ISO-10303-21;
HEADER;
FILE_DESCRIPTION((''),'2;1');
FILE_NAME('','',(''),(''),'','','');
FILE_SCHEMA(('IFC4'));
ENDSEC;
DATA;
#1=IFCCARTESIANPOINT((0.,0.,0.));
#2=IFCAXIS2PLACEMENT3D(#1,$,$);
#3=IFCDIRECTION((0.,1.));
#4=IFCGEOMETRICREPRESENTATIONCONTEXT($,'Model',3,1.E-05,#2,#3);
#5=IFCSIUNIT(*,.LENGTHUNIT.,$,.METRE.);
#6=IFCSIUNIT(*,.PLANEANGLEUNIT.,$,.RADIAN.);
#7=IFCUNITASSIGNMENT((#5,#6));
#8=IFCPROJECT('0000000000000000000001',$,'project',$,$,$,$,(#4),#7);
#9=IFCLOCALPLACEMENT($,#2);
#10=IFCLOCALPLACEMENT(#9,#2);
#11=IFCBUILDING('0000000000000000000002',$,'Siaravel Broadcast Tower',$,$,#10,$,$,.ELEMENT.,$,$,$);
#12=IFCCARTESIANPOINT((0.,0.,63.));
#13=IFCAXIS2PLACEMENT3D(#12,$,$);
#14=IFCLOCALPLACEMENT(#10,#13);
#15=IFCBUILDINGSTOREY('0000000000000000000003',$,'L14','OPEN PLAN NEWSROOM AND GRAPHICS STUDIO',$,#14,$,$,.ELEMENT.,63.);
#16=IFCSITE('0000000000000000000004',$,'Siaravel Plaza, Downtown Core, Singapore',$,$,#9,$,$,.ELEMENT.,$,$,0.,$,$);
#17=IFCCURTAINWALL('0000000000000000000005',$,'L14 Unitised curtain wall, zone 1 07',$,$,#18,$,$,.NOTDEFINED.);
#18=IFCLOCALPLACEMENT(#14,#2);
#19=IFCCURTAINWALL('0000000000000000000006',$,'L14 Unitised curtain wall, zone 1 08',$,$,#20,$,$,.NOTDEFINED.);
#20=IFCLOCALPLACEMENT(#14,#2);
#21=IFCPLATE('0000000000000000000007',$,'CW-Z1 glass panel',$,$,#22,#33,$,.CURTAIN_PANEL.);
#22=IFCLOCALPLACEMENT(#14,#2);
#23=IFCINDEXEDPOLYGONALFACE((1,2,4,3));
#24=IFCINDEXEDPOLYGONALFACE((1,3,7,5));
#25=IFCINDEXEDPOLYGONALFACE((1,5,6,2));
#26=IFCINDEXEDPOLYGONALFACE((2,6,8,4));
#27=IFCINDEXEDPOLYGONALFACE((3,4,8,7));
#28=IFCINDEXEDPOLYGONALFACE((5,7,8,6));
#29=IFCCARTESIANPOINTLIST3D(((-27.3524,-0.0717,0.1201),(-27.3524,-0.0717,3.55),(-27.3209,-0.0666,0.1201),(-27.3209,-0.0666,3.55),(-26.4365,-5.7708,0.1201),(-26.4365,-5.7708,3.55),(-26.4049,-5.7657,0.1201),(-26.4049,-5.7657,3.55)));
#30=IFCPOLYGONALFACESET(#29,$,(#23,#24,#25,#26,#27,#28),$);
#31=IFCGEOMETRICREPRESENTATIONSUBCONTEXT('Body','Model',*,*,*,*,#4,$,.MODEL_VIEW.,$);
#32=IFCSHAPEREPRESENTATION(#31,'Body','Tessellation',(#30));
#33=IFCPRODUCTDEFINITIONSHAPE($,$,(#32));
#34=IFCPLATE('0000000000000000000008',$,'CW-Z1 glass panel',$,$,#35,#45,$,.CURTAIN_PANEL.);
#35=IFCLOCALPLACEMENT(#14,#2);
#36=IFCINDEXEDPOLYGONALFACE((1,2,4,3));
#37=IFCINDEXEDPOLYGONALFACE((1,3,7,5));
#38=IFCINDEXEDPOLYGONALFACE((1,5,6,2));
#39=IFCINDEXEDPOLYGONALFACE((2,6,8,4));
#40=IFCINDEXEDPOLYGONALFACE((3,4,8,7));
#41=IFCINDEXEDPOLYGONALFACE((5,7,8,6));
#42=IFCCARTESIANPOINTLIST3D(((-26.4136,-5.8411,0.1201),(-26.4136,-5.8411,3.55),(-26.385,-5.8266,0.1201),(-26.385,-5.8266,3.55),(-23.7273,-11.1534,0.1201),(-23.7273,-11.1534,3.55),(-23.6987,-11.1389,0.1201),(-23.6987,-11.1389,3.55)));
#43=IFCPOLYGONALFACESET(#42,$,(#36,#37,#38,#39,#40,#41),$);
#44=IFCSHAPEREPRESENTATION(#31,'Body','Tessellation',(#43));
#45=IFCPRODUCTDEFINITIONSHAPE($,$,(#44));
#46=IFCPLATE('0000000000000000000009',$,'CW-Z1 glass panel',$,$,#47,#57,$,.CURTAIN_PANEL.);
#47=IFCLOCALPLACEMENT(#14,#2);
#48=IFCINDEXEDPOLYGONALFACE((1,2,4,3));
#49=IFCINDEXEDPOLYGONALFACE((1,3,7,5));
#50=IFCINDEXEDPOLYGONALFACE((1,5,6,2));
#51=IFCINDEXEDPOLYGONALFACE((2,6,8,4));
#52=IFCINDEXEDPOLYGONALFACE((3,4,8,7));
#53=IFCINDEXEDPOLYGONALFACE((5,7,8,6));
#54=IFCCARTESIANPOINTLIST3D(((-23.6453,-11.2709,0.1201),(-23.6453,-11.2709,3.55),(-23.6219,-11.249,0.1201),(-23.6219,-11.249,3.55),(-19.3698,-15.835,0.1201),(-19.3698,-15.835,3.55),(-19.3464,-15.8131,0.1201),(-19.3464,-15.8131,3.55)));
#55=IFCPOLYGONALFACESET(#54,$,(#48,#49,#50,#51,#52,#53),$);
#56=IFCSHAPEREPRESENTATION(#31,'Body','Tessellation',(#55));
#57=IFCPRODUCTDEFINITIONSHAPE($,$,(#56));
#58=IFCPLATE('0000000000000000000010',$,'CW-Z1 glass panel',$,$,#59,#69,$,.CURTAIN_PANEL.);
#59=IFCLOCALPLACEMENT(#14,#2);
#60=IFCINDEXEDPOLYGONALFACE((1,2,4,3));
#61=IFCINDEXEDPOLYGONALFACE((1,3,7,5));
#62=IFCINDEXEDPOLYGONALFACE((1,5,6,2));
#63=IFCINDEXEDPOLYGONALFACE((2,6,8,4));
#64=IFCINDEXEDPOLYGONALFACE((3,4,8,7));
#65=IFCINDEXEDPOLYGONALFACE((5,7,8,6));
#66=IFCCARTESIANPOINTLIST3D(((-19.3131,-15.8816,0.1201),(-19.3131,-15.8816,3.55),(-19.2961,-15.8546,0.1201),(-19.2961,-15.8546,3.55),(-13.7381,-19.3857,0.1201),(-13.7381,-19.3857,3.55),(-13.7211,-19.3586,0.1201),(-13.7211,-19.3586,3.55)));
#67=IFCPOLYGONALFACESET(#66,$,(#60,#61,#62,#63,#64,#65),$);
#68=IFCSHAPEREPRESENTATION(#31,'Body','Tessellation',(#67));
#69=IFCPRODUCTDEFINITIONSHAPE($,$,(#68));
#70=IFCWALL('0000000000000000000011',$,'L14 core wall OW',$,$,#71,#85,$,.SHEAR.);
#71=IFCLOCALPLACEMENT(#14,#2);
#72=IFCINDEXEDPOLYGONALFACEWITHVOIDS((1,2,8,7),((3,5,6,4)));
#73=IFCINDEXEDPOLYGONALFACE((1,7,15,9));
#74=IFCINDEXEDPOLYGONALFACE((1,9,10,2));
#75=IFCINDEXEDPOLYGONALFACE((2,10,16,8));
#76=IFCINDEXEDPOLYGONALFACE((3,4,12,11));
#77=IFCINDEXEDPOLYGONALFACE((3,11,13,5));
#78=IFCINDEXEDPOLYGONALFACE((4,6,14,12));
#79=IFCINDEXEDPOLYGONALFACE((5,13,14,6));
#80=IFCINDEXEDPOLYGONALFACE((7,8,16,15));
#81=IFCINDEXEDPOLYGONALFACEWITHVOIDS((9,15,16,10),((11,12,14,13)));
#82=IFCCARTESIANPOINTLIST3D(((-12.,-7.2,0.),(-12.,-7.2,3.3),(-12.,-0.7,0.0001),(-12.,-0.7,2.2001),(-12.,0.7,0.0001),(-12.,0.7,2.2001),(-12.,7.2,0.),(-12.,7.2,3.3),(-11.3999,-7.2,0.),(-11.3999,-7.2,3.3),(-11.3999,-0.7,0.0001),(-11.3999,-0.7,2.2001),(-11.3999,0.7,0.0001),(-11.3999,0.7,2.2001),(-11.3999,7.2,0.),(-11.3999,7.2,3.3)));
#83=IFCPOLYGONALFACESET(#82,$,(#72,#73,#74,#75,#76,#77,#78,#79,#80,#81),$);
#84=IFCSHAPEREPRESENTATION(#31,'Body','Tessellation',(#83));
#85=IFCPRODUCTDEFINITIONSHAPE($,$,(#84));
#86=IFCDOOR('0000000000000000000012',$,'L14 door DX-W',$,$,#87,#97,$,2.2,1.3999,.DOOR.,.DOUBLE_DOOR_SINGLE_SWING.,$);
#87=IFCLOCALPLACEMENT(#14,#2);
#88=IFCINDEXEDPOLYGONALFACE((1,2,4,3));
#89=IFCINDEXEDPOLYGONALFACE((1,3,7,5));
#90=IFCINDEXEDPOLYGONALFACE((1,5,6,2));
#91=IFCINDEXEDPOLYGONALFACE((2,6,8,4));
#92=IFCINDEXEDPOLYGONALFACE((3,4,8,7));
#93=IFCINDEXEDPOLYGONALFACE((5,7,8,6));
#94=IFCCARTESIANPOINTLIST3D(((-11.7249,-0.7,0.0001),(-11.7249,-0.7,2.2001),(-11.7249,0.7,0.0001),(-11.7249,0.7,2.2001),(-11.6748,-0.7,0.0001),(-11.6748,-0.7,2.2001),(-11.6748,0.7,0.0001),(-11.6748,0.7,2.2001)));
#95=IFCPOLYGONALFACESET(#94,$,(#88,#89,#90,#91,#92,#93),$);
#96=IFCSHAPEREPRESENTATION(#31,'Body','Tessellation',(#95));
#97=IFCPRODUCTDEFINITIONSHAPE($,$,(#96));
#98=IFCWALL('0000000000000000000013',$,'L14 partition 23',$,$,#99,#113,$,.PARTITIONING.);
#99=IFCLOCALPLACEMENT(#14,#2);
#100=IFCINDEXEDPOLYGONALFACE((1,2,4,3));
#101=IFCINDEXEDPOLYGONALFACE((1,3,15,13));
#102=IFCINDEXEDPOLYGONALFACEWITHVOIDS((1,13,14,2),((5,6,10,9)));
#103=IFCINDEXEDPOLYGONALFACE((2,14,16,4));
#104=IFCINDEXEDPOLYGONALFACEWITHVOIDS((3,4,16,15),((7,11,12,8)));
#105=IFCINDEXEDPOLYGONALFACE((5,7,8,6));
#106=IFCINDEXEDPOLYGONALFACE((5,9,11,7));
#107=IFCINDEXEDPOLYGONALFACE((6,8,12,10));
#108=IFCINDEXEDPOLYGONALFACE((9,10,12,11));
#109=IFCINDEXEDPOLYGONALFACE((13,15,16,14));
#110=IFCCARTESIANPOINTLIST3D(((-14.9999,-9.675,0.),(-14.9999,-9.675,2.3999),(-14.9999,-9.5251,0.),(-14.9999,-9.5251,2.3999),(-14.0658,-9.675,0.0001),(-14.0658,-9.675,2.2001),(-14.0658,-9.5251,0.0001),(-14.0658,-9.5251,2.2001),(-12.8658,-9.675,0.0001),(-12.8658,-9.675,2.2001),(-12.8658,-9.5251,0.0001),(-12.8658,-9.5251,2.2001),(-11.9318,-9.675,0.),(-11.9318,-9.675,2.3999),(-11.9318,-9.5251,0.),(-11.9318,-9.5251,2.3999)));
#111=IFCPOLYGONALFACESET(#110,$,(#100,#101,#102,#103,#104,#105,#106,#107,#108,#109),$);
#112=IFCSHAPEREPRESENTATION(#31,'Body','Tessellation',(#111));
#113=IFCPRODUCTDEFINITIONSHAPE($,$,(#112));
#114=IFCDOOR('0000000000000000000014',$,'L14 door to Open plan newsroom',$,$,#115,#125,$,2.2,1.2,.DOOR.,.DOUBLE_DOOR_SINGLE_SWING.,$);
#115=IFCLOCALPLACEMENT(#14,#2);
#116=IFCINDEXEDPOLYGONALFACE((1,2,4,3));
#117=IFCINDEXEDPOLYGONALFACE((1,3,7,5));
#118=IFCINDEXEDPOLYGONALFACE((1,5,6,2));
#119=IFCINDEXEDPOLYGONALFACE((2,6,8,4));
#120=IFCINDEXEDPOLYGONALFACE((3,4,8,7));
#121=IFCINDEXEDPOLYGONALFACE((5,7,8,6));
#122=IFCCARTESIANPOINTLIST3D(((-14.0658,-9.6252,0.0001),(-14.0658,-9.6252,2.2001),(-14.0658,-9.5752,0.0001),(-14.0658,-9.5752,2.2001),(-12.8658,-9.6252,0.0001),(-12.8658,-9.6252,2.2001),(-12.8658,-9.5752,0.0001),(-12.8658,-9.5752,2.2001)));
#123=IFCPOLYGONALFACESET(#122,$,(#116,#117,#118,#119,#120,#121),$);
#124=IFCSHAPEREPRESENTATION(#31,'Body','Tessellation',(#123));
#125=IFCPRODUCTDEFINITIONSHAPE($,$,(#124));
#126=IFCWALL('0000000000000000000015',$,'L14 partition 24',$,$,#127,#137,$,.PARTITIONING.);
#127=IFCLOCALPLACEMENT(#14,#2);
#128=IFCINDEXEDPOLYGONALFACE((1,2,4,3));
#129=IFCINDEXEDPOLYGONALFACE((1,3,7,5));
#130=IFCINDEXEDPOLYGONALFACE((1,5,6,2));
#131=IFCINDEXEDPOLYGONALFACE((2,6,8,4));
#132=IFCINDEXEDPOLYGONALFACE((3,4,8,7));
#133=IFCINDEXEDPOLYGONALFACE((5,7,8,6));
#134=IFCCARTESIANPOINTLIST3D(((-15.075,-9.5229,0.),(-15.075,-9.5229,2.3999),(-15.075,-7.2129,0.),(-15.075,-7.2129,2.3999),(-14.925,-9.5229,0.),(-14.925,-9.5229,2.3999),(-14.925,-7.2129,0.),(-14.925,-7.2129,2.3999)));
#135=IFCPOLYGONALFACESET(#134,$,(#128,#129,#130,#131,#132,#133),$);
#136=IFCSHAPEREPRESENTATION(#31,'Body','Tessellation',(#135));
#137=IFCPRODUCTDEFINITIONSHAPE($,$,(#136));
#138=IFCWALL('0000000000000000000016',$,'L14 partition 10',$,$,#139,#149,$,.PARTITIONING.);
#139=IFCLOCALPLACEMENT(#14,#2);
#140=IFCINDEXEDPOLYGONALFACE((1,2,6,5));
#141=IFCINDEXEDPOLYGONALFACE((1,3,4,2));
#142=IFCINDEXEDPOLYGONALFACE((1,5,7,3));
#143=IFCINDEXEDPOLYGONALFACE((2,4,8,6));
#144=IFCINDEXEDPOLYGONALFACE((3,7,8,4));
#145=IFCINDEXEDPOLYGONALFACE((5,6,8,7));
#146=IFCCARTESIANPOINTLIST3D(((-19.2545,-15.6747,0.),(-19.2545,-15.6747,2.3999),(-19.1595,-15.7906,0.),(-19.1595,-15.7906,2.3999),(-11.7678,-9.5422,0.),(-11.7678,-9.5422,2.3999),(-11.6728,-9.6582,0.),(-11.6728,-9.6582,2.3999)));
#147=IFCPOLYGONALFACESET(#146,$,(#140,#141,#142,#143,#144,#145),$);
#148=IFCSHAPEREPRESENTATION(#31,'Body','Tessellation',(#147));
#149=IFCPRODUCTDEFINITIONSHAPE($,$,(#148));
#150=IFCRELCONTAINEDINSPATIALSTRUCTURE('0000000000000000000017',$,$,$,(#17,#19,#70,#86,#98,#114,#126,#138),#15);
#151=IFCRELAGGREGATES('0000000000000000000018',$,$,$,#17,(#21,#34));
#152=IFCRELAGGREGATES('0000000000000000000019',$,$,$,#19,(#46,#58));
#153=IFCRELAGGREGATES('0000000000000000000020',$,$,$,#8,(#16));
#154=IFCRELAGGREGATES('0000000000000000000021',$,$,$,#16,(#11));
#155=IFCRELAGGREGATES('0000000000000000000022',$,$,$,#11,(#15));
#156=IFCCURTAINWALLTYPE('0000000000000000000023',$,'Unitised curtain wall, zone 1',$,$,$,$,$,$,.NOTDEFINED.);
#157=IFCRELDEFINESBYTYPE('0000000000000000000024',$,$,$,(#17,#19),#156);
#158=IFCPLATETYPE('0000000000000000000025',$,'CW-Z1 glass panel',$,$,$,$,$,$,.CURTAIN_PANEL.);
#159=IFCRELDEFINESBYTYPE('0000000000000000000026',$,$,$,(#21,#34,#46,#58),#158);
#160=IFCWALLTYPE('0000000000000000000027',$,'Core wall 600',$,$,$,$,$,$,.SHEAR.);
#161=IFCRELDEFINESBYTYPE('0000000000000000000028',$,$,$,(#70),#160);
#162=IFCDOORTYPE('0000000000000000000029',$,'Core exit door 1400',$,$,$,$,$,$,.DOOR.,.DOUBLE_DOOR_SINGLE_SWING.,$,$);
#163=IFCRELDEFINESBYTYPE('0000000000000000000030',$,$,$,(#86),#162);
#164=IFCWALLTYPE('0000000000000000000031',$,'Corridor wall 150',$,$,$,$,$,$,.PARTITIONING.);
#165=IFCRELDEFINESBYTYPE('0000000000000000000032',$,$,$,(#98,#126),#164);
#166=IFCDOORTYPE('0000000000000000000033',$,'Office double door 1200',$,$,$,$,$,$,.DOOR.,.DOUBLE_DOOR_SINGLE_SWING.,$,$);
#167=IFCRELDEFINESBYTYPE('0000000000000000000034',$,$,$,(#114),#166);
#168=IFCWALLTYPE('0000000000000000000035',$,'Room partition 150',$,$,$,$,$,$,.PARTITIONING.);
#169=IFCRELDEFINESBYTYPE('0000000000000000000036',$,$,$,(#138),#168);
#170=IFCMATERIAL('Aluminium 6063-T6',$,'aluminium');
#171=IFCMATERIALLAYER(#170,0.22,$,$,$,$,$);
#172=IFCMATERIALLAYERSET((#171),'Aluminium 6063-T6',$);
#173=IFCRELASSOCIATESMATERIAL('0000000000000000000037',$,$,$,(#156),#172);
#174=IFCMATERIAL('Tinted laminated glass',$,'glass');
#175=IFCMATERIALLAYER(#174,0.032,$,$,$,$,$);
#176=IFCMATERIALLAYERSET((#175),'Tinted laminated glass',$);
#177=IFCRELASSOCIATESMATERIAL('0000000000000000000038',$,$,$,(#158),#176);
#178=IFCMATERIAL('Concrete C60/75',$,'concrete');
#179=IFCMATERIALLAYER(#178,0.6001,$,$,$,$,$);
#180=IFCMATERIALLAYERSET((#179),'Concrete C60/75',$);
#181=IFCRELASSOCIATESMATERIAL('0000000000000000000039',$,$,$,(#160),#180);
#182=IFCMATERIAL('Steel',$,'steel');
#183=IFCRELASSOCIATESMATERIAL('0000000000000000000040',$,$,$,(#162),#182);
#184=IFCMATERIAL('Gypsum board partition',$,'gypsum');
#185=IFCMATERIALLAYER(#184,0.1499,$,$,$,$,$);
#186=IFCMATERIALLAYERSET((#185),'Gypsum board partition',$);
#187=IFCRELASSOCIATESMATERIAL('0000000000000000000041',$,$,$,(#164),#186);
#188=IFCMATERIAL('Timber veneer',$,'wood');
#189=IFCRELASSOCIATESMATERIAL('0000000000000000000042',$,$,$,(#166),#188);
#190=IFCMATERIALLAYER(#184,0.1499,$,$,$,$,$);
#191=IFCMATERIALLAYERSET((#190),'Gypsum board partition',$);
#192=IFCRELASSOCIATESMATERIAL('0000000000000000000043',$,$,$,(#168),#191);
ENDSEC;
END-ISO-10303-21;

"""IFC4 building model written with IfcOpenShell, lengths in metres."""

from ifc_helpers import new_model, si_unit, direction, frame, frame_2d, origin, origin_2d, place, context, subcontext, project, spatial, rectangle, extrude, material, layer, layer_set, type_object, element, fill, aggregate, save


model = new_model("IFC4")

# Units and contexts
model_context = context("Model", 3, precision=1e-05, world=origin(), true_north=direction((0.0, 1.0)))
body_context = subcontext(model_context, "Body", "Model", "MODEL_VIEW")
ifc_project = project(units=[si_unit("LENGTHUNIT", "METRE"), si_unit("PLANEANGLEUNIT", "RADIAN")], contexts=[model_context])

# Site, building, storey
site_placement = place(None, origin())
site = spatial("IfcSite", under=ifc_project, at=site_placement, Name="Siaravel Plaza, Downtown Core, Singapore", CompositionType="ELEMENT", RefElevation=0.0)
building_placement = place(site_placement, origin())
building = spatial("IfcBuilding", under=site, at=building_placement, Name="Siaravel Broadcast Tower", CompositionType="ELEMENT")
storey_placement = place(building_placement, frame((0.0, 0.0, 63.0)))
storey = spatial("IfcBuildingStorey", under=building, at=storey_placement, Name="L14", Description="OPEN PLAN NEWSROOM AND GRAPHICS STUDIO", CompositionType="ELEMENT", Elevation=63.0)

# Curtain walls
ifc_material_1 = material(Name="Aluminium 6063-T6", Category="aluminium")
ifc_layer_1 = layer(ifc_material_1, 0.22)
ifc_layer_set_1 = layer_set([ifc_layer_1], Name="Aluminium 6063-T6")
curtain_wall_type = type_object("IfcCurtainWallType", Name="Unitised curtain wall, zone 1", PredefinedType="NOTDEFINED", material=ifc_layer_set_1)
curtain_wall_1_placement = place(storey_placement, origin())
curtain_wall_1 = element("IfcCurtainWall", 1, at=curtain_wall_1_placement, inside=storey, type_object=curtain_wall_type, Name="L14 Unitised curtain wall, zone 1 07", PredefinedType="NOTDEFINED")
curtain_wall_2_placement = place(storey_placement, origin())
curtain_wall_2 = element("IfcCurtainWall", 2, at=curtain_wall_2_placement, inside=storey, type_object=curtain_wall_type, Name="L14 Unitised curtain wall, zone 1 08", PredefinedType="NOTDEFINED")

# Plates
ifc_material_2 = material(Name="Tinted laminated glass", Category="glass")
ifc_layer_2 = layer(ifc_material_2, 0.032)
ifc_layer_set_2 = layer_set([ifc_layer_2], Name="Tinted laminated glass")
plate_type = type_object("IfcPlateType", Name="CW-Z1 glass panel", PredefinedType="CURTAIN_PANEL", material=ifc_layer_set_2)
plate_1_placement = place(storey_placement, frame((-26.8787, -2.9187, 0.1201), z_axis=(0.0, 0.0, 1.0), x_axis=(0.158686, -0.987329, 0.0)))
plate_1 = element("IfcPlate", 3, at=plate_1_placement, type_object=plate_type, Name="CW-Z1 glass panel", PredefinedType="CURTAIN_PANEL", context=body_context, shape_type="SweptSolid", body=[
    extrude(rectangle(XDim=5.7722, YDim=0.032, at=origin_2d()), origin(), (0.0, 0.0, 1.0), 3.4299),
])
plate_2_placement = place(storey_placement, frame((-25.0562, -8.49, 0.1201), z_axis=(0.0, 0.0, 1.0), x_axis=(0.451262, -0.892391, 0.0)))
plate_2 = element("IfcPlate", 4, at=plate_2_placement, type_object=plate_type, Name="CW-Z1 glass panel", PredefinedType="CURTAIN_PANEL", context=body_context, shape_type="SweptSolid", body=[
    extrude(rectangle(XDim=5.9529, YDim=0.032, at=origin_2d()), origin(), (0.0, 0.0, 1.0), 3.4299),
])
aggregate(curtain_wall_1, [plate_1, plate_2])
plate_3_placement = place(storey_placement, frame((-21.4958, -13.542, 0.1201), z_axis=(0.0, 0.0, 1.0), x_axis=(0.683657, -0.729804, 0.0)))
plate_3 = element("IfcPlate", 5, at=plate_3_placement, type_object=plate_type, Name="CW-Z1 glass panel", PredefinedType="CURTAIN_PANEL", context=body_context, shape_type="SweptSolid", body=[
    extrude(rectangle(XDim=6.2539, YDim=0.032, at=origin_2d()), origin(), (0.0, 0.0, 1.0), 3.4299),
])
plate_4_placement = place(storey_placement, frame((-16.5171, -17.6201, 0.1201), z_axis=(0.0, 0.0, 1.0), x_axis=(0.846651, -0.532148, 0.0)))
plate_4 = element("IfcPlate", 6, at=plate_4_placement, type_object=plate_type, Name="CW-Z1 glass panel", PredefinedType="CURTAIN_PANEL", context=body_context, shape_type="SweptSolid", body=[
    extrude(rectangle(XDim=6.5847, YDim=0.032, at=origin_2d()), origin(), (0.0, 0.0, 1.0), 3.4299),
])
aggregate(curtain_wall_2, [plate_3, plate_4])

# Walls, openings, doors
ifc_material_3 = material(Name="Concrete C60/75", Category="concrete")
ifc_layer_3 = layer(ifc_material_3, 0.6001)
ifc_layer_set_3 = layer_set([ifc_layer_3], Name="Concrete C60/75")
wall_type_1 = type_object("IfcWallType", Name="Core wall 600", PredefinedType="SHEAR", material=ifc_layer_set_3)
wall_1_placement = place(storey_placement, frame((-11.7, -7.2, 0.0), z_axis=(0.0, 0.0, 1.0), x_axis=(0.0, 1.0, 0.0)))
wall_1 = element("IfcWall", 7, at=wall_1_placement, inside=storey, type_object=wall_type_1, Name="L14 core wall OW", PredefinedType="SHEAR", context=body_context, shape_type="SweptSolid", body=[
    extrude(rectangle(XDim=14.3999, YDim=0.6001, at=frame_2d((7.2, 0.0))), origin(), (0.0, 0.0, 1.0), 3.3),
])
opening_1_placement = place(wall_1_placement, frame((6.5, 0.0, 0.0)))
opening_1 = element("IfcOpeningElement", 8, at=opening_1_placement, cuts=wall_1, PredefinedType="OPENING", context=body_context, shape_type="SweptSolid", body=[
    extrude(rectangle(XDim=1.3999, YDim=2.2, at=frame_2d((0.7, 1.1001))), frame((0.0, 0.3101, 0.0), z_axis=(0.0, -1.0, 0.0), x_axis=(1.0, 0.0, 0.0)), (0.0, 0.0, 1.0), 0.6201),
])
ifc_material_4 = material(Name="Steel", Category="steel")
door_type_1 = type_object("IfcDoorType", Name="Core exit door 1400", OperationType="DOUBLE_DOOR_SINGLE_SWING", PredefinedType="DOOR", material=ifc_material_4)
door_1_placement = place(opening_1_placement, origin())
door_1 = element("IfcDoor", 9, at=door_1_placement, inside=storey, type_object=door_type_1, Name="L14 door DX-W", OperationType="DOUBLE_DOOR_SINGLE_SWING", OverallHeight=2.2, OverallWidth=1.3999, PredefinedType="DOOR", context=body_context, shape_type="SweptSolid", body=[
    extrude(rectangle(XDim=1.3999, YDim=2.2, at=frame_2d((0.7, 1.1001))), frame((0.0, 0.0249, 0.0), z_axis=(0.0, -1.0, 0.0), x_axis=(1.0, 0.0, 0.0)), (0.0, 0.0, 1.0), 0.05),
])
fill(opening_1, door_1)
ifc_material_5 = material(Name="Gypsum board partition", Category="gypsum")
ifc_layer_4 = layer(ifc_material_5, 0.1499)
ifc_layer_set_4 = layer_set([ifc_layer_4], Name="Gypsum board partition")
wall_type_2 = type_object("IfcWallType", Name="Corridor wall 150", PredefinedType="PARTITIONING", material=ifc_layer_set_4)
wall_2_placement = place(storey_placement, frame((-15.0, -9.6001, 0.0), z_axis=(0.0, 0.0, 1.0), x_axis=(1.0, 0.0, 0.0)))
wall_2 = element("IfcWall", 10, at=wall_2_placement, inside=storey, type_object=wall_type_2, Name="L14 partition 23", PredefinedType="PARTITIONING", context=body_context, shape_type="SweptSolid", body=[
    extrude(rectangle(XDim=3.0681, YDim=0.1499, at=frame_2d((1.5342, 0.0))), origin(), (0.0, 0.0, 1.0), 2.3999),
])
opening_2_placement = place(wall_2_placement, frame((0.9341, 0.0, 0.0)))
opening_2 = element("IfcOpeningElement", 11, at=opening_2_placement, cuts=wall_2, PredefinedType="OPENING", context=body_context, shape_type="SweptSolid", body=[
    extrude(rectangle(XDim=1.2, YDim=2.2, at=frame_2d((0.6001, 1.1001))), frame((0.0, 0.085, 0.0), z_axis=(0.0, -1.0, 0.0), x_axis=(1.0, 0.0, 0.0)), (0.0, 0.0, 1.0), 0.1699),
])
ifc_material_6 = material(Name="Timber veneer", Category="wood")
door_type_2 = type_object("IfcDoorType", Name="Office double door 1200", OperationType="DOUBLE_DOOR_SINGLE_SWING", PredefinedType="DOOR", material=ifc_material_6)
door_2_placement = place(opening_2_placement, origin())
door_2 = element("IfcDoor", 12, at=door_2_placement, inside=storey, type_object=door_type_2, Name="L14 door to Open plan newsroom", OperationType="DOUBLE_DOOR_SINGLE_SWING", OverallHeight=2.2, OverallWidth=1.2, PredefinedType="DOOR", context=body_context, shape_type="SweptSolid", body=[
    extrude(rectangle(XDim=1.2, YDim=2.2, at=frame_2d((0.6001, 1.1001))), frame((0.0, 0.0249, 0.0), z_axis=(0.0, -1.0, 0.0), x_axis=(1.0, 0.0, 0.0)), (0.0, 0.0, 1.0), 0.05),
])
fill(opening_2, door_2)

# Walls
wall_3_placement = place(storey_placement, frame((-15.0, -7.2129, 0.0), z_axis=(0.0, 0.0, 1.0), x_axis=(0.0, -1.0, 0.0)))
element("IfcWall", 13, at=wall_3_placement, inside=storey, type_object=wall_type_2, Name="L14 partition 24", PredefinedType="PARTITIONING", context=body_context, shape_type="SweptSolid", body=[
    extrude(rectangle(XDim=2.3101, YDim=0.1499, at=frame_2d((1.155, 0.0))), origin(), (0.0, 0.0, 1.0), 2.3999),
])
ifc_layer_5 = layer(ifc_material_5, 0.1499)
ifc_layer_set_5 = layer_set([ifc_layer_5], Name="Gypsum board partition")
wall_type_3 = type_object("IfcWallType", Name="Room partition 150", PredefinedType="PARTITIONING", material=ifc_layer_set_5)
wall_4_placement = place(storey_placement, frame((-19.207, -15.7327, 0.0), z_axis=(0.0, 0.0, 1.0), x_axis=(0.773603, 0.63367, 0.0)))
element("IfcWall", 14, at=wall_4_placement, inside=storey, type_object=wall_type_3, Name="L14 partition 10", PredefinedType="PARTITIONING", context=body_context, shape_type="SweptSolid", body=[
    extrude(rectangle(XDim=9.6777, YDim=0.1499, at=frame_2d((4.8389, 0.0))), origin(), (0.0, 0.0, 1.0), 2.3999),
])

save(model, "model.ifc")
